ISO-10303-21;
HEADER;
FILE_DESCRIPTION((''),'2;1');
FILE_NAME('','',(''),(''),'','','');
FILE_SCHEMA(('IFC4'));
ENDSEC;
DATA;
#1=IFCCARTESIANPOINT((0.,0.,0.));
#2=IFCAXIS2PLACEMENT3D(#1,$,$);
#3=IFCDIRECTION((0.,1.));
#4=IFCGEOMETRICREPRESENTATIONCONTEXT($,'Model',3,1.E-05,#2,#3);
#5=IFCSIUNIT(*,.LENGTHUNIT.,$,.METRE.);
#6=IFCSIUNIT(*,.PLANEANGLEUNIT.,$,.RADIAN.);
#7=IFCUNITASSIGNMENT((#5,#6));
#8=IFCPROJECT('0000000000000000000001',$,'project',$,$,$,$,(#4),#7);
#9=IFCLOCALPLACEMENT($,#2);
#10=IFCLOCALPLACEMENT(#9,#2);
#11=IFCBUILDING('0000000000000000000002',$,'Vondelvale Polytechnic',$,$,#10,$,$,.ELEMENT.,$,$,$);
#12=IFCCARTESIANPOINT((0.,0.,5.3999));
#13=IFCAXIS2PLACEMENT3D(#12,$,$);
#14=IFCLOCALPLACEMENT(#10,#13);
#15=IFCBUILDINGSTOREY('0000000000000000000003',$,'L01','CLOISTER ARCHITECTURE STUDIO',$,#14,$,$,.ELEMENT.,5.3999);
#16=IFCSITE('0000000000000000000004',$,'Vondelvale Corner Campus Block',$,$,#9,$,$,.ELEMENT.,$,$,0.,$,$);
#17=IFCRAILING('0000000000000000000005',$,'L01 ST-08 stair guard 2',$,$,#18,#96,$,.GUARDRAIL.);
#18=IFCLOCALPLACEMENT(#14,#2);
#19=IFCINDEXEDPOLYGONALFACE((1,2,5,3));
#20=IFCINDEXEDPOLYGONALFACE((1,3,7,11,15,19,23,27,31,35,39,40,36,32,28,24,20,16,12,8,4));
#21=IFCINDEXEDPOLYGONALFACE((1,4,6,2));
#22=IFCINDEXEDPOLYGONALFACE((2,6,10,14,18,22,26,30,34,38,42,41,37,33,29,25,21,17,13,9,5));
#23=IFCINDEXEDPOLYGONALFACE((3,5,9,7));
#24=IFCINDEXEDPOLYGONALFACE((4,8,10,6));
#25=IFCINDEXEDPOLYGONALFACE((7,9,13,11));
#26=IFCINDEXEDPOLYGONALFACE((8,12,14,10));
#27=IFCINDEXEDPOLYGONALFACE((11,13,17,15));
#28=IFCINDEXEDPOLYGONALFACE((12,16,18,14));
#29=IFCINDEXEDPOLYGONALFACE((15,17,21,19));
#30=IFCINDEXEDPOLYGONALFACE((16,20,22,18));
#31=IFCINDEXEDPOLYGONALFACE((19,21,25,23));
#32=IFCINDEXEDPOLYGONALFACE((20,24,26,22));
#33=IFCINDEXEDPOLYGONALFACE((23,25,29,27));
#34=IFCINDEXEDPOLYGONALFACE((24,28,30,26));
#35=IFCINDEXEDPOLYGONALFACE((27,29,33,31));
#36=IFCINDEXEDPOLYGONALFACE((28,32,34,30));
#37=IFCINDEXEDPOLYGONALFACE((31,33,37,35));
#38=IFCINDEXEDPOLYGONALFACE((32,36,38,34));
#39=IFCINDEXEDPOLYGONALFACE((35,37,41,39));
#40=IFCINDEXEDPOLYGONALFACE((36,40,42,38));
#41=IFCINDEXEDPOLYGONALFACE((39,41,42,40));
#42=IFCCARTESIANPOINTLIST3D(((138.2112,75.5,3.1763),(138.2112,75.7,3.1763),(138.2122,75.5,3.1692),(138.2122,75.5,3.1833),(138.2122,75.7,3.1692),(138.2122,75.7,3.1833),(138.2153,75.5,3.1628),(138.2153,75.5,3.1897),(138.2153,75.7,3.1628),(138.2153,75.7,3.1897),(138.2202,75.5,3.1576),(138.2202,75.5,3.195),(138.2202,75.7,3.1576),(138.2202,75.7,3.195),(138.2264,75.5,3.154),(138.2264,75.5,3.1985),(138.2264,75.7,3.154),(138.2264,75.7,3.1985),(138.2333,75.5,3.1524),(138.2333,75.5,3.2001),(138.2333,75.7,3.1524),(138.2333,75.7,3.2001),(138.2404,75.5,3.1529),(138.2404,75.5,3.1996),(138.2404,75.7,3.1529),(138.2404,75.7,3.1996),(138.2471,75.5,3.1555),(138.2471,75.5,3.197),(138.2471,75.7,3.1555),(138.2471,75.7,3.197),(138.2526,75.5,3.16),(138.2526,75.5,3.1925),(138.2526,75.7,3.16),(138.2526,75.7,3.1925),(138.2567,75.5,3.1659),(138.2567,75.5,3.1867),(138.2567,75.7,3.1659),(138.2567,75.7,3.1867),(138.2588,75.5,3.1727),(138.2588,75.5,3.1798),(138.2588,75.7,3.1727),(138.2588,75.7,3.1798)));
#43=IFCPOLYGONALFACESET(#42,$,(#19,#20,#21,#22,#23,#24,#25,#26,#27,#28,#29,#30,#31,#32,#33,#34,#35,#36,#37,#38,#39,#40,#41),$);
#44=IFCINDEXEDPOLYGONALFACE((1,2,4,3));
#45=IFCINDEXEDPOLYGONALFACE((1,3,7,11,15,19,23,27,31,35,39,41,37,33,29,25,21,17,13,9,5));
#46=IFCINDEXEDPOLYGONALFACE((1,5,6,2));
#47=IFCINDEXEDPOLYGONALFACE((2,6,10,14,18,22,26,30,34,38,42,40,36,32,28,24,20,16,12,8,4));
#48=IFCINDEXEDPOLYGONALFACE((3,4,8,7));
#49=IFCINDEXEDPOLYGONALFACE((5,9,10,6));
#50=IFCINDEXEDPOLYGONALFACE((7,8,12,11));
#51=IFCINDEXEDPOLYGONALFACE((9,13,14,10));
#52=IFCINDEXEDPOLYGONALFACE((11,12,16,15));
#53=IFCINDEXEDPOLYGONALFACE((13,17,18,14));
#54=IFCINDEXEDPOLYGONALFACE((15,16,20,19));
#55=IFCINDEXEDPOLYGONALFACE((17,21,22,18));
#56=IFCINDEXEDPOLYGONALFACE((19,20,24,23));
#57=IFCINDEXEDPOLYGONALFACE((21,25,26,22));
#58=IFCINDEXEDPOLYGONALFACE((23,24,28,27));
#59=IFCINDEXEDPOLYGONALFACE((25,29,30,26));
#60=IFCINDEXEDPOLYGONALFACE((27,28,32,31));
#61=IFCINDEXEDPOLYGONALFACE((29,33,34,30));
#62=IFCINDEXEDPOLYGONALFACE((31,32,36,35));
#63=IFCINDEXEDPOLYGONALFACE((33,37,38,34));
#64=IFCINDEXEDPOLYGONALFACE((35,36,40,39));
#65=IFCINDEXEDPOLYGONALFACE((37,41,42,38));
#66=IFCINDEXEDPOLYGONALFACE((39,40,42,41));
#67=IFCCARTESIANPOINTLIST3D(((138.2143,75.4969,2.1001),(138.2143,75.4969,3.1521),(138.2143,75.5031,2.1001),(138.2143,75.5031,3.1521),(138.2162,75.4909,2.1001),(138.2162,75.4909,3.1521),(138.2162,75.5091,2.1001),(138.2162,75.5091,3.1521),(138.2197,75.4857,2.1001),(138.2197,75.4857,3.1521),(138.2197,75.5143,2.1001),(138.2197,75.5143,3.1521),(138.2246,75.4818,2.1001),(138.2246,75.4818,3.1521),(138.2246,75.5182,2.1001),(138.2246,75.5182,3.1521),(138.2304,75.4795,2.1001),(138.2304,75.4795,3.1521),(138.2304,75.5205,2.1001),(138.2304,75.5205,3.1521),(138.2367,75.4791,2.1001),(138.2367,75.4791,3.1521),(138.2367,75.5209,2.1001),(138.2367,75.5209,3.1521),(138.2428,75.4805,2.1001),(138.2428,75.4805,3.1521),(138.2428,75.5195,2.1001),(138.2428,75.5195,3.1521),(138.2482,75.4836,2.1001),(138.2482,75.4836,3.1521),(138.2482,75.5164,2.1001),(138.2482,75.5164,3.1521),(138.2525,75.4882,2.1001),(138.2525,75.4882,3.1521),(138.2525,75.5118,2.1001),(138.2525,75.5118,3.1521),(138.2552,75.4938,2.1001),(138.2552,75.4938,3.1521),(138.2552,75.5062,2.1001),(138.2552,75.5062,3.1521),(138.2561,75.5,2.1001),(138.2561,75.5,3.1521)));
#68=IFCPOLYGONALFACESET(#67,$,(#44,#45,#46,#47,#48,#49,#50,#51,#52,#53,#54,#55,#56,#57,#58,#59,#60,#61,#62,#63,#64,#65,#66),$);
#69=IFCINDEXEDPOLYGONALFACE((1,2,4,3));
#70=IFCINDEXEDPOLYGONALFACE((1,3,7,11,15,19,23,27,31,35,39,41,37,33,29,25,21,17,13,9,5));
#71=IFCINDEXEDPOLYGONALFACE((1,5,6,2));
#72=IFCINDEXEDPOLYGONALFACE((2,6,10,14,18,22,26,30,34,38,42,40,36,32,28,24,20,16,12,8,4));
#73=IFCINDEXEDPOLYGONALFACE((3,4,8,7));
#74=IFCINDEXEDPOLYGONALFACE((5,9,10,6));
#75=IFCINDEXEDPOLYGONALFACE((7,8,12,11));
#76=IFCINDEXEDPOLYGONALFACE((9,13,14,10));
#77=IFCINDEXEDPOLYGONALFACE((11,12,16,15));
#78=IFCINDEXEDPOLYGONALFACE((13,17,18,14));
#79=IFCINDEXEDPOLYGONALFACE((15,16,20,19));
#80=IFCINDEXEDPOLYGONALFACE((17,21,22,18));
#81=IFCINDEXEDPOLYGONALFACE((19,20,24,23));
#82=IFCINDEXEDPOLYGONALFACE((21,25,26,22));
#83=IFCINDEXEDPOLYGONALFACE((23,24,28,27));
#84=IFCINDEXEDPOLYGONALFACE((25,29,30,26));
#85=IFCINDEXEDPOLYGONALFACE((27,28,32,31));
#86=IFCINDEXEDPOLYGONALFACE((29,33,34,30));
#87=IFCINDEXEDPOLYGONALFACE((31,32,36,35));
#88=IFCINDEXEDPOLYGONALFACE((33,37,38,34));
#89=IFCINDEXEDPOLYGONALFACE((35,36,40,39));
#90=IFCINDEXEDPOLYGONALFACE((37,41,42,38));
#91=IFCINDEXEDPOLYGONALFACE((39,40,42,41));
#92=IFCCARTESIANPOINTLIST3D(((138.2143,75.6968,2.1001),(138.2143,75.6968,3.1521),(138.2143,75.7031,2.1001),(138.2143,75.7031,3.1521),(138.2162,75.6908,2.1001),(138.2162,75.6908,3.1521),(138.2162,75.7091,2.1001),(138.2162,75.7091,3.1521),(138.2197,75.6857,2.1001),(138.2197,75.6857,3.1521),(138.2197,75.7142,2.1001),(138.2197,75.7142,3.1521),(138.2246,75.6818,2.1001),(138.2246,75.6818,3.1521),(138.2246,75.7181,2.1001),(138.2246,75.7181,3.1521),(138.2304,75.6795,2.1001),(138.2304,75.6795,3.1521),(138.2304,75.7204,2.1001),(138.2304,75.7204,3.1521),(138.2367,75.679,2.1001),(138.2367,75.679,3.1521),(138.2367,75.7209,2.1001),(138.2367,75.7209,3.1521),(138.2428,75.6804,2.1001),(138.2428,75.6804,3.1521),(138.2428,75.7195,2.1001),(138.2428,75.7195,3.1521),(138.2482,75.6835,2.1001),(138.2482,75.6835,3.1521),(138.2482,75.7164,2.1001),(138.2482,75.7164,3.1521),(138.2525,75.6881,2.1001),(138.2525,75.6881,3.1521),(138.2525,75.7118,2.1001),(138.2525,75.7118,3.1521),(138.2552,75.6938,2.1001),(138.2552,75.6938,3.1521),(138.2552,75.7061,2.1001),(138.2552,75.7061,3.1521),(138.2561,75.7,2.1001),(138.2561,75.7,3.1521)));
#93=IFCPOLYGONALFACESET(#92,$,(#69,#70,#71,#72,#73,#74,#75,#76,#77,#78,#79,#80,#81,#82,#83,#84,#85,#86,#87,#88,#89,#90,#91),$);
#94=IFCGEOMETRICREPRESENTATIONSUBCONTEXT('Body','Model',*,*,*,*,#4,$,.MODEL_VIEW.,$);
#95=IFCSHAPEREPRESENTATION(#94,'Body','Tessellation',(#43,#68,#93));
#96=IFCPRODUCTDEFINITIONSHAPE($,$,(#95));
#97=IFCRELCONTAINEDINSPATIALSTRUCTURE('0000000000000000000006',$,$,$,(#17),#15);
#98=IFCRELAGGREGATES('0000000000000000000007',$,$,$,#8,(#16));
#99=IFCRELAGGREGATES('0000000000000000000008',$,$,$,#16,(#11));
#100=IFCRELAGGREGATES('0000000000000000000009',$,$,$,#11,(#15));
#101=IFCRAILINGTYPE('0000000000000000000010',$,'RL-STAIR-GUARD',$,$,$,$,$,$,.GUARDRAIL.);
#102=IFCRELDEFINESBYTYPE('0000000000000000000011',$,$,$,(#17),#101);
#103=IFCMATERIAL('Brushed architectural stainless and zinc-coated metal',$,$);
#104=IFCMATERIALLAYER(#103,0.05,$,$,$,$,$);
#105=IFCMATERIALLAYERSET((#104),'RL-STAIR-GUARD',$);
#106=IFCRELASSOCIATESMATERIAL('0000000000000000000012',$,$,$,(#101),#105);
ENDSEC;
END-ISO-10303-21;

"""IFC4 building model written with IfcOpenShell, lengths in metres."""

from ifc_helpers import new_model, si_unit, direction, frame, origin, origin_2d, place, context, subcontext, project, spatial, circle, extrude, material, layer, layer_set, type_object, element, save


model = new_model("IFC4")

# Units and contexts
model_context = context("Model", 3, precision=1e-05, world=origin(), true_north=direction((0.0, 1.0)))
body_context = subcontext(model_context, "Body", "Model", "MODEL_VIEW")
ifc_project = project(units=[si_unit("LENGTHUNIT", "METRE"), si_unit("PLANEANGLEUNIT", "RADIAN")], contexts=[model_context])

# Site, building, storey
site_placement = place(None, origin())
site = spatial("IfcSite", under=ifc_project, at=site_placement, Name="Vondelvale Corner Campus Block", CompositionType="ELEMENT", RefElevation=0.0)
building_placement = place(site_placement, origin())
building = spatial("IfcBuilding", under=site, at=building_placement, Name="Vondelvale Polytechnic", CompositionType="ELEMENT")
storey_placement = place(building_placement, frame((0.0, 0.0, 5.3999)))
storey = spatial("IfcBuildingStorey", under=building, at=storey_placement, Name="L01", Description="CLOISTER ARCHITECTURE STUDIO", CompositionType="ELEMENT", Elevation=5.3999)

# Shared definitions
ifc_material_1 = material(Name="Brushed architectural stainless and zinc-coated metal")

# Railing
ifc_layer_1 = layer(ifc_material_1, 0.05)
ifc_layer_set_1 = layer_set([ifc_layer_1], Name="RL-STAIR-GUARD")
railing_type_1 = type_object("IfcRailingType", Name="RL-STAIR-GUARD", PredefinedType="GUARDRAIL", material=ifc_layer_set_1)
railing_1_placement = place(storey_placement, frame((138.2351, 75.5, 2.1001)))
element("IfcRailing", 1, at=railing_1_placement, inside=storey, type_object=railing_type_1, Name="L01 ST-08 stair guard 2", PredefinedType="GUARDRAIL", context=body_context, shape_type="SweptSolid", body=[
    extrude(circle(Radius=0.0239, at=origin_2d()), frame((0.0, 0.0, 1.0762), z_axis=(0.0, 1.0, 0.0), x_axis=(-1.0, 0.0, 0.0)), (0.0, 0.0, 1.0), 0.2),
    extrude(circle(Radius=0.021, at=origin_2d()), origin(), (0.0, 0.0, 1.0), 1.052),
    extrude(circle(Radius=0.021, at=origin_2d()), frame((0.0, 0.2, 0.0)), (0.0, 0.0, 1.0), 1.052),
])

save(model, "model.ifc")
